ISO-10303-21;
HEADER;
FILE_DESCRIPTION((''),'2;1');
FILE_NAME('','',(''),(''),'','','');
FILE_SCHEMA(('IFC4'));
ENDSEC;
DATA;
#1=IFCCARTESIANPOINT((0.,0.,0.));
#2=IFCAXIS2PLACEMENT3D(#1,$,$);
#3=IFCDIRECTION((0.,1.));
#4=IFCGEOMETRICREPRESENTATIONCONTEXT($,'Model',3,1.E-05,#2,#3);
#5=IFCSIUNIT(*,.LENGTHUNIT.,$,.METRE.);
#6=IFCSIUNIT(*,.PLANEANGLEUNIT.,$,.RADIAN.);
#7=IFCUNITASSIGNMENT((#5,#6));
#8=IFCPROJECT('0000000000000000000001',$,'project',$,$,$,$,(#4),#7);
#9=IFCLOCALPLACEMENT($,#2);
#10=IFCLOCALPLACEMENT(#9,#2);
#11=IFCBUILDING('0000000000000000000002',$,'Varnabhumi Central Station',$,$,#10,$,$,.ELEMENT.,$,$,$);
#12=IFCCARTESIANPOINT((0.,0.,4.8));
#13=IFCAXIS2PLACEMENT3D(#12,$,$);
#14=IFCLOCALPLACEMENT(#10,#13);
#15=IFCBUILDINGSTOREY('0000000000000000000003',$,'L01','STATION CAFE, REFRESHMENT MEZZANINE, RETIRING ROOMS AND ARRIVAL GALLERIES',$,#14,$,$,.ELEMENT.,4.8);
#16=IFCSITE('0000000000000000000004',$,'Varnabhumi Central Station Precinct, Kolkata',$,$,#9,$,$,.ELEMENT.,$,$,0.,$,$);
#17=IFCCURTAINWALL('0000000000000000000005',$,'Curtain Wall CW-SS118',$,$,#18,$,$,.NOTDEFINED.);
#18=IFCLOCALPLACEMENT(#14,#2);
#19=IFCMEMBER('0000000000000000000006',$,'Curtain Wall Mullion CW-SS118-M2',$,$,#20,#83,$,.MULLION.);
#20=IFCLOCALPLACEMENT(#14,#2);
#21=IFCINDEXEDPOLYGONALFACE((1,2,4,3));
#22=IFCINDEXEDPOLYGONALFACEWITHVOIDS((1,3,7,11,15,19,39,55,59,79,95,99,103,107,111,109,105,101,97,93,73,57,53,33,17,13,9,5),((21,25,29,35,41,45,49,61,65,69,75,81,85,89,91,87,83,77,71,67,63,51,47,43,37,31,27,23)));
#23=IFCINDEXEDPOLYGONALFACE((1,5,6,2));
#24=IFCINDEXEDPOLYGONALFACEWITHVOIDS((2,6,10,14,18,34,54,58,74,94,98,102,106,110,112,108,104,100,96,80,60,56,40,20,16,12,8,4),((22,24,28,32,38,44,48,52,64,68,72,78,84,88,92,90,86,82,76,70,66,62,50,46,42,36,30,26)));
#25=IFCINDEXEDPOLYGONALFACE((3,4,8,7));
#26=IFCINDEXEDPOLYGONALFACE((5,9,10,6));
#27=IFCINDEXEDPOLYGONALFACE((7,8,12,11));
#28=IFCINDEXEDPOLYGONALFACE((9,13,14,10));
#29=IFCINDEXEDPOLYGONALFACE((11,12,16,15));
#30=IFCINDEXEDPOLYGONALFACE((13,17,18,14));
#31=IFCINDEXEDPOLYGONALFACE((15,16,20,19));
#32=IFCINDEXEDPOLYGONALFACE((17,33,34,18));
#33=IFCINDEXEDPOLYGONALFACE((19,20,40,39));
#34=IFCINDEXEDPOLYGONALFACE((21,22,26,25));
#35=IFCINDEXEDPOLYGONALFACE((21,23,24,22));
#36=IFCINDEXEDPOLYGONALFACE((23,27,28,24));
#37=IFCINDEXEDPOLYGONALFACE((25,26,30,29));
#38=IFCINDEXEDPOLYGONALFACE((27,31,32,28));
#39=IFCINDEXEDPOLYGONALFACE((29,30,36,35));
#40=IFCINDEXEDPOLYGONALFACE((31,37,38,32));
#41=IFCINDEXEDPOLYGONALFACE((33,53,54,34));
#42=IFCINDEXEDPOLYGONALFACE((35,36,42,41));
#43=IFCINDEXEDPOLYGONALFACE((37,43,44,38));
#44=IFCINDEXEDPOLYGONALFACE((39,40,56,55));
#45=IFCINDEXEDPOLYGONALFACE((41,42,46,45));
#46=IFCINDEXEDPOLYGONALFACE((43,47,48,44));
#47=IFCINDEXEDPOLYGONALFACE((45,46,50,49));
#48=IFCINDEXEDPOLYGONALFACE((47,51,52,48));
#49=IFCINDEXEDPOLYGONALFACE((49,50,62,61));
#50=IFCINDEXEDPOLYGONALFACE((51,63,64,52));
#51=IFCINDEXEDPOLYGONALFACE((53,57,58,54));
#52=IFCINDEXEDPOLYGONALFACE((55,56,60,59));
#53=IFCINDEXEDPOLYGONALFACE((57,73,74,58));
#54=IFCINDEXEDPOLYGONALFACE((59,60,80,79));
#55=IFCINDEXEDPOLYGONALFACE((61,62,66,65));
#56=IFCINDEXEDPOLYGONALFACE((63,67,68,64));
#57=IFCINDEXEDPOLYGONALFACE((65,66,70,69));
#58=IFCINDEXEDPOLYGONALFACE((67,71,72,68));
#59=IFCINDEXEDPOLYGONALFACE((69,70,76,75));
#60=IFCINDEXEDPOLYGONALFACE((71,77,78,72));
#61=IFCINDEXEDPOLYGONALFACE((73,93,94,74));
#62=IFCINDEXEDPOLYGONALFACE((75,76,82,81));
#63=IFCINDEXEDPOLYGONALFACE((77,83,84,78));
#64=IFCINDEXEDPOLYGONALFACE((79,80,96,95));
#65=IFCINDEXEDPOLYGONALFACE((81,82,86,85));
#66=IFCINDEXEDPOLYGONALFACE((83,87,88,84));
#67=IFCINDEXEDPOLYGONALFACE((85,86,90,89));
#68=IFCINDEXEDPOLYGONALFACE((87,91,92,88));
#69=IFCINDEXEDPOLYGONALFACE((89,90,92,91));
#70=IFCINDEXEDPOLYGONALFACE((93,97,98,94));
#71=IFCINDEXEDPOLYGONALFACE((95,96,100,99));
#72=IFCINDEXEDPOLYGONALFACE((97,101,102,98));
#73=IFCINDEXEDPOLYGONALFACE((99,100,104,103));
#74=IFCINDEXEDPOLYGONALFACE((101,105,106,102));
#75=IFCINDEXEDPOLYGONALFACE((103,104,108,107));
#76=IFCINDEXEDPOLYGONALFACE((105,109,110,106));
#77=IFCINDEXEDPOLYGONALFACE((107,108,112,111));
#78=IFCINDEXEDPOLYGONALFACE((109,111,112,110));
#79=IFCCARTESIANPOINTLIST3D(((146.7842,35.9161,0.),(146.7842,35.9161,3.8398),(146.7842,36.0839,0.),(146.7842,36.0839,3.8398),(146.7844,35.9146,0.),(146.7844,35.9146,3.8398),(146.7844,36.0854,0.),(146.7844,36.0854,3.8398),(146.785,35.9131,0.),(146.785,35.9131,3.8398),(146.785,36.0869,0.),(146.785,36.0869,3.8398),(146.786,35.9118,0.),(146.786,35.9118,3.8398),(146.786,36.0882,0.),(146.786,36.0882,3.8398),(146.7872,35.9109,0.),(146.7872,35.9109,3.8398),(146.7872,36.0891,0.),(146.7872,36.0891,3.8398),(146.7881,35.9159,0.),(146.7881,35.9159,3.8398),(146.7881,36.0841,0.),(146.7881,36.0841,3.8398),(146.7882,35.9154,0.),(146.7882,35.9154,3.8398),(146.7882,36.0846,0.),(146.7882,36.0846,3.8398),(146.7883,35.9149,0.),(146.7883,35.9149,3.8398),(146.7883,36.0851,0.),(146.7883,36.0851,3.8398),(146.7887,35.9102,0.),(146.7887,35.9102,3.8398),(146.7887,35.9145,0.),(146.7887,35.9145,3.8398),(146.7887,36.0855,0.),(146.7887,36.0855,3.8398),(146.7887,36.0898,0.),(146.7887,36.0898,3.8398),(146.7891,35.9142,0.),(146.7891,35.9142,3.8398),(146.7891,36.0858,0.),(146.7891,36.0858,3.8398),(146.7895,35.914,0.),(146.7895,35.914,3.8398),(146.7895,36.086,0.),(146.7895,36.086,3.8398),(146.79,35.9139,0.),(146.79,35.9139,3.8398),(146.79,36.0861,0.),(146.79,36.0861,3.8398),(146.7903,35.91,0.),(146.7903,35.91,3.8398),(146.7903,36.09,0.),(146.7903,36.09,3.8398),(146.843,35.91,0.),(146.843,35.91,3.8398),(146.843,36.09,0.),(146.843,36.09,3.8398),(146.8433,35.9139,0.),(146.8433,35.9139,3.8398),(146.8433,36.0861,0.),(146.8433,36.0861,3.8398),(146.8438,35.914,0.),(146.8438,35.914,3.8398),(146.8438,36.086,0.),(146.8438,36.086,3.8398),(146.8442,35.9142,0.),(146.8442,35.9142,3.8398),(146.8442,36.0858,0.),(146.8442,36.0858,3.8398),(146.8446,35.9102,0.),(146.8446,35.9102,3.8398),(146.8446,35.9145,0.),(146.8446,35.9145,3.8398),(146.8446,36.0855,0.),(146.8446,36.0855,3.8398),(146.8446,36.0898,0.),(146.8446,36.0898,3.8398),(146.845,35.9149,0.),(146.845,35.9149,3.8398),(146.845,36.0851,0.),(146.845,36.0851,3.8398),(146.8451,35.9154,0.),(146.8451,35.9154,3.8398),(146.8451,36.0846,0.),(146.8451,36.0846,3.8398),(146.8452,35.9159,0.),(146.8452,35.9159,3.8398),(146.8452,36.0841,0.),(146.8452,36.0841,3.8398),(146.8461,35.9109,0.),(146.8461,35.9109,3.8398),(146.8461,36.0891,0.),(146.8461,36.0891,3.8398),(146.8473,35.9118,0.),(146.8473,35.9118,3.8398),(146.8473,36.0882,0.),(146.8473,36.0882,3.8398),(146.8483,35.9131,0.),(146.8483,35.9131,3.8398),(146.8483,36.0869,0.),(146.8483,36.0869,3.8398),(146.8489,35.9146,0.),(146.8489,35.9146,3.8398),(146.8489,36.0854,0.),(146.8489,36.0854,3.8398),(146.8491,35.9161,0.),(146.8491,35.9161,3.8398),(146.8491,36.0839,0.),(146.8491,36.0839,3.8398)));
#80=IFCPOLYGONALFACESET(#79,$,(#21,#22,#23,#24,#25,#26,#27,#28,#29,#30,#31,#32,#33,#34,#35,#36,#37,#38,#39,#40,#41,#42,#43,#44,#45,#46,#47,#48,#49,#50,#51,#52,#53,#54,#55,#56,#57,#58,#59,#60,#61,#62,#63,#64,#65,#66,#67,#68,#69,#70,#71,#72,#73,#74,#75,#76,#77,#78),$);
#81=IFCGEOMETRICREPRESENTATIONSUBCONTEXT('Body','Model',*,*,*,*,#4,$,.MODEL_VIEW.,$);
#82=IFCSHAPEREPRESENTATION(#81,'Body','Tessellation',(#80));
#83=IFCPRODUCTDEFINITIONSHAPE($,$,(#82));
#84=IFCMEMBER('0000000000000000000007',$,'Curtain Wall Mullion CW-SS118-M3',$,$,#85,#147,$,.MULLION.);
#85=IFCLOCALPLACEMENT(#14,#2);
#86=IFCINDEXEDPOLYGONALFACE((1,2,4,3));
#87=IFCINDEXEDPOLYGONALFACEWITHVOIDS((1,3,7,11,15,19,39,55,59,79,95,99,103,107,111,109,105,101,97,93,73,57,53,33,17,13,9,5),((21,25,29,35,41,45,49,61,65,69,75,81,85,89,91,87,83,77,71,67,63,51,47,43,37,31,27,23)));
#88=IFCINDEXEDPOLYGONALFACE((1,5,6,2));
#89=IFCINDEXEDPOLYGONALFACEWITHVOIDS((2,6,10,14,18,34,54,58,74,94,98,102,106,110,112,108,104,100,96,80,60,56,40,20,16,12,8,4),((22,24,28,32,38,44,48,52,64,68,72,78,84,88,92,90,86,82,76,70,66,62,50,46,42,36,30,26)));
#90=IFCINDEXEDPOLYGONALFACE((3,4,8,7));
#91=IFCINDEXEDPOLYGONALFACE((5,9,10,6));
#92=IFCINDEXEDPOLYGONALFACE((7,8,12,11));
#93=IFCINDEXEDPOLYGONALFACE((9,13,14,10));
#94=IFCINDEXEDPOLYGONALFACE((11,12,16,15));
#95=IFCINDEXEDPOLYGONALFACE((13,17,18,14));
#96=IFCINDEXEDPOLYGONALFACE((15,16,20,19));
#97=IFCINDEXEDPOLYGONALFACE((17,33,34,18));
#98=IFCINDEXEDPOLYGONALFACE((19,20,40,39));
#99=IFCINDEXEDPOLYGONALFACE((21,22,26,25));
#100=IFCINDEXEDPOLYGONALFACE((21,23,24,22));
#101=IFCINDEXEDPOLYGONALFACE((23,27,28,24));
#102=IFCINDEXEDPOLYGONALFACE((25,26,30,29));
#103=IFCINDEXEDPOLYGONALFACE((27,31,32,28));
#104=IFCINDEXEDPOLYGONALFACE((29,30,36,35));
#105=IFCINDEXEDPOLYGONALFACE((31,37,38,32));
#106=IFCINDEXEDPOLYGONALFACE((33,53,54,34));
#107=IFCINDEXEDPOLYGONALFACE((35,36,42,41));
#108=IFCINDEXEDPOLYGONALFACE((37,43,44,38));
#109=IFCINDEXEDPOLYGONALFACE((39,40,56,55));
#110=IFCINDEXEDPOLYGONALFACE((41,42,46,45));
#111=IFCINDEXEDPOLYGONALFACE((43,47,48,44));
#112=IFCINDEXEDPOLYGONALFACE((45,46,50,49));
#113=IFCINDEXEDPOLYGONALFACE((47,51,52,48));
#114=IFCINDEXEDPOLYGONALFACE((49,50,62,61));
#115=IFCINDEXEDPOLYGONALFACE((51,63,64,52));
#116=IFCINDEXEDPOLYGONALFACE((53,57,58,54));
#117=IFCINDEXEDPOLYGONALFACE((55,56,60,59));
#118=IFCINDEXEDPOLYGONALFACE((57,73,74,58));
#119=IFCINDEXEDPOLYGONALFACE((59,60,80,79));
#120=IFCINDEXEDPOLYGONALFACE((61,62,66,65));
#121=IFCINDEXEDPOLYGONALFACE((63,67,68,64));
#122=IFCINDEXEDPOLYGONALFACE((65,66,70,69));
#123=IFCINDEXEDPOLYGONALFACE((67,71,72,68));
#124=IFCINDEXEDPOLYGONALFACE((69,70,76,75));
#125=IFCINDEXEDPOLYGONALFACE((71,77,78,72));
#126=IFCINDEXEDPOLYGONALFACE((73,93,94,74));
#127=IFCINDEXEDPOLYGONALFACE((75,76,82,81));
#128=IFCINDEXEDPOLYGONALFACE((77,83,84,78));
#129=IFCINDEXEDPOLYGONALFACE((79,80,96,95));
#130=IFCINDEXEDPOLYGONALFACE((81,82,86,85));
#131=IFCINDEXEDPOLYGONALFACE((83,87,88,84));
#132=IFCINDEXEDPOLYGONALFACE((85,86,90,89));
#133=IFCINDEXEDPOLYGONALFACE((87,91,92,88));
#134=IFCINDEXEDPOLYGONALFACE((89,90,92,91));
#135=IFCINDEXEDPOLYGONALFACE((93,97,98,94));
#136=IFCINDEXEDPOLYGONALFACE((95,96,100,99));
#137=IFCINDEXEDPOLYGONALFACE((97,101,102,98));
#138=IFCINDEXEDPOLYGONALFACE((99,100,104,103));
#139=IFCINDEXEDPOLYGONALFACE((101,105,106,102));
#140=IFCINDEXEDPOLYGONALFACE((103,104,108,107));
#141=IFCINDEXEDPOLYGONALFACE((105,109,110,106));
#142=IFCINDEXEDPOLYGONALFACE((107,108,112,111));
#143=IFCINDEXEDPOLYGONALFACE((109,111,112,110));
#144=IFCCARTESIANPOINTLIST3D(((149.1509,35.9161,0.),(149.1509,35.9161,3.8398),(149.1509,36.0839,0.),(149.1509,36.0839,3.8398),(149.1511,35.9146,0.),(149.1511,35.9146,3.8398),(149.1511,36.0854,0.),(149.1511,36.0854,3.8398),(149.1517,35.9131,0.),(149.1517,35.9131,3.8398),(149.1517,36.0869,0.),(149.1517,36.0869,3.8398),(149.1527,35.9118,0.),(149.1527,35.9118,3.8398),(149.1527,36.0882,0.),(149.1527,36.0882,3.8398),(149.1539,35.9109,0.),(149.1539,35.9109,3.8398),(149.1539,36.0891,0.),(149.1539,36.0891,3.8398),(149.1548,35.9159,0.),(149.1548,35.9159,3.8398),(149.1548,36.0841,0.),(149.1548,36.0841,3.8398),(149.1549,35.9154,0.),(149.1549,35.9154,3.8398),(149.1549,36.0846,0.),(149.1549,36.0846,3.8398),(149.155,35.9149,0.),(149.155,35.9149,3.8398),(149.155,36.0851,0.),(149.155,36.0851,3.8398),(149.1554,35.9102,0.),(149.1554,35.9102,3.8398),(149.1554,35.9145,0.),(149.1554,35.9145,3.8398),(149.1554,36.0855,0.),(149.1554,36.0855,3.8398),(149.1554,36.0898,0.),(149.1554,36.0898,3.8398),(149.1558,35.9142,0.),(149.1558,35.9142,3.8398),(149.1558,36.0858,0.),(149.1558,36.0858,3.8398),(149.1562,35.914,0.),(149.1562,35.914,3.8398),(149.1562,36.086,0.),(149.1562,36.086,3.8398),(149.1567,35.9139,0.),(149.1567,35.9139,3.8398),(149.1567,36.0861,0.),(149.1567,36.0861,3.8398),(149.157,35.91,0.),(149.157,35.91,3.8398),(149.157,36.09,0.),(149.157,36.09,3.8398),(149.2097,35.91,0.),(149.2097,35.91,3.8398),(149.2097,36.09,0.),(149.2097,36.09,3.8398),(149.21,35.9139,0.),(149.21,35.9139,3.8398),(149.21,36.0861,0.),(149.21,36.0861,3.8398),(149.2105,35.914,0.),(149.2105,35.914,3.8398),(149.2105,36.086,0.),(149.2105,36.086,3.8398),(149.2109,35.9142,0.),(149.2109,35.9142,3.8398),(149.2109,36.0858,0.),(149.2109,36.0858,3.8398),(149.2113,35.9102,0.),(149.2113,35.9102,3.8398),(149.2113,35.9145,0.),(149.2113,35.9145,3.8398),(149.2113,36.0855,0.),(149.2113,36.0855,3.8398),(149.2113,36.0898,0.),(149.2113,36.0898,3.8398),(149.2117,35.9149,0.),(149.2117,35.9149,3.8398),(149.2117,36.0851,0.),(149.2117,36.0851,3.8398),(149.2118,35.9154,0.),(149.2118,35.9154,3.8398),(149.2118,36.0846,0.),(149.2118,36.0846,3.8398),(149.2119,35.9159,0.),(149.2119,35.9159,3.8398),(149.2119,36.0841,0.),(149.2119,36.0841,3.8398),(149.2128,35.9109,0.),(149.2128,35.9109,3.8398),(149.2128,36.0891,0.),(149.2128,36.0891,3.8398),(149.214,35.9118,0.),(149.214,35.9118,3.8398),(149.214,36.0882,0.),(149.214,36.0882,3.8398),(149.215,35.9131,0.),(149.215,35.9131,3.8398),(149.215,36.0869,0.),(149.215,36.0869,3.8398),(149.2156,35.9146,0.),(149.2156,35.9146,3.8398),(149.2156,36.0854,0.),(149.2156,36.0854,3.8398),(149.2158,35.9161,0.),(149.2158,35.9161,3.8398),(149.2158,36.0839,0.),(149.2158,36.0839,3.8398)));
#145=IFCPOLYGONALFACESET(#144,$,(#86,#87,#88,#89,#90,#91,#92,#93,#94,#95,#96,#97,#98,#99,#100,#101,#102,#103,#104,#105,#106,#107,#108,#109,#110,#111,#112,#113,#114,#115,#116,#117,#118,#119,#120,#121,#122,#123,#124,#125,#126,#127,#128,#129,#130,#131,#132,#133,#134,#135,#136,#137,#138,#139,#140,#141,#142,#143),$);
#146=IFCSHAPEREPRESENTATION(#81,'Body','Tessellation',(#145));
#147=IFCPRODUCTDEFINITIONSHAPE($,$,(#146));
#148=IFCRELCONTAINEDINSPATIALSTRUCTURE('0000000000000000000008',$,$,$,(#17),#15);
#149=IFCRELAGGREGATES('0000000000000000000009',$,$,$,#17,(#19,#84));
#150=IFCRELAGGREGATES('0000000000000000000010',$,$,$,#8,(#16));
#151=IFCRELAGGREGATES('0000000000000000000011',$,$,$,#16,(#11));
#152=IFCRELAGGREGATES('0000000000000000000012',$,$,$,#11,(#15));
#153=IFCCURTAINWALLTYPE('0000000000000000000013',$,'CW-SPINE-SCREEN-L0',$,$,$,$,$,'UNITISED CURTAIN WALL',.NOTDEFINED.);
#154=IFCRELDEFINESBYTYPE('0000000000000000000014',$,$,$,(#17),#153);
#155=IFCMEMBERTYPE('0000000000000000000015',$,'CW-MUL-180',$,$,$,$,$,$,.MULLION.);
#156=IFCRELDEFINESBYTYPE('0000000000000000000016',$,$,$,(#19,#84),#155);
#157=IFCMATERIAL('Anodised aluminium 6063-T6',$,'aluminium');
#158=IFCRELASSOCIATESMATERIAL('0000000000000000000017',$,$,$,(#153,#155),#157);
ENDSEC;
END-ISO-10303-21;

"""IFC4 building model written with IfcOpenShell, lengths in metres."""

from ifc_helpers import new_model, si_unit, direction, frame, origin, origin_2d, place, context, subcontext, project, spatial, hollow_rectangle, extrude, material, material_profile, profile_set, type_object, element, aggregate, save


model = new_model("IFC4")

# Units and contexts
model_context = context("Model", 3, precision=1e-05, world=origin(), true_north=direction((0.0, 1.0)))
body_context = subcontext(model_context, "Body", "Model", "MODEL_VIEW")
ifc_project = project(units=[si_unit("LENGTHUNIT", "METRE"), si_unit("PLANEANGLEUNIT", "RADIAN")], contexts=[model_context])

# Site, building, storey
site_placement = place(None, origin())
site = spatial("IfcSite", under=ifc_project, at=site_placement, Name="Varnabhumi Central Station Precinct, Kolkata", CompositionType="ELEMENT", RefElevation=0.0)
building_placement = place(site_placement, origin())
building = spatial("IfcBuilding", under=site, at=building_placement, Name="Varnabhumi Central Station", CompositionType="ELEMENT")
storey_placement = place(building_placement, frame((0.0, 0.0, 4.8)))
storey = spatial("IfcBuildingStorey", under=building, at=storey_placement, Name="L01", Description="STATION CAFE, REFRESHMENT MEZZANINE, RETIRING ROOMS AND ARRIVAL GALLERIES", CompositionType="ELEMENT", Elevation=4.8)

# Curtain wall, members
ifc_material_1 = material(Name="Anodised aluminium 6063-T6", Category="aluminium")
curtain_wall_type = type_object("IfcCurtainWallType", Name="CW-SPINE-SCREEN-L0", ElementType="UNITISED CURTAIN WALL", PredefinedType="NOTDEFINED", material=ifc_material_1)
curtain_wall_placement = place(storey_placement, origin())
curtain_wall = element("IfcCurtainWall", 1, at=curtain_wall_placement, inside=storey, type_object=curtain_wall_type, Name="Curtain Wall CW-SS118", PredefinedType="NOTDEFINED")
ifc_material_profile_1 = material_profile(ifc_material_1, hollow_rectangle(XDim=0.0649, YDim=0.1799, WallThickness=0.0039, InnerFilletRadius=0.002, OuterFilletRadius=0.0061, at=origin_2d()), Name="Anodised aluminium 6063-T6", Category="aluminium")
ifc_profile_set_1 = profile_set([ifc_material_profile_1], Name="Anodised aluminium 6063-T6")
member_type_1 = type_object("IfcMemberType", Name="CW-MUL-180", PredefinedType="MULLION", material=ifc_profile_set_1)
member_1_placement = place(storey_placement, frame((146.8167, 36.0, 0.0), z_axis=(0.0, 0.0, 1.0), x_axis=(1.0, 0.0, 0.0)))
member_1 = element("IfcMember", 2, at=member_1_placement, type_object=member_type_1, Name="Curtain Wall Mullion CW-SS118-M2", PredefinedType="MULLION", context=body_context, shape_type="SweptSolid", body=[
    extrude(hollow_rectangle(XDim=0.0649, YDim=0.1799, WallThickness=0.0039, InnerFilletRadius=0.002, OuterFilletRadius=0.0061, at=origin_2d()), origin(), (0.0, 0.0, 1.0), 3.8398),
])
member_2_placement = place(storey_placement, frame((149.1833, 36.0, 0.0), z_axis=(0.0, 0.0, 1.0), x_axis=(1.0, 0.0, 0.0)))
member_2 = element("IfcMember", 3, at=member_2_placement, type_object=member_type_1, Name="Curtain Wall Mullion CW-SS118-M3", PredefinedType="MULLION", context=body_context, shape_type="SweptSolid", body=[
    extrude(hollow_rectangle(XDim=0.0649, YDim=0.1799, WallThickness=0.0039, InnerFilletRadius=0.002, OuterFilletRadius=0.0061, at=origin_2d()), origin(), (0.0, 0.0, 1.0), 3.8398),
])
aggregate(curtain_wall, [member_1, member_2])

save(model, "model.ifc")
